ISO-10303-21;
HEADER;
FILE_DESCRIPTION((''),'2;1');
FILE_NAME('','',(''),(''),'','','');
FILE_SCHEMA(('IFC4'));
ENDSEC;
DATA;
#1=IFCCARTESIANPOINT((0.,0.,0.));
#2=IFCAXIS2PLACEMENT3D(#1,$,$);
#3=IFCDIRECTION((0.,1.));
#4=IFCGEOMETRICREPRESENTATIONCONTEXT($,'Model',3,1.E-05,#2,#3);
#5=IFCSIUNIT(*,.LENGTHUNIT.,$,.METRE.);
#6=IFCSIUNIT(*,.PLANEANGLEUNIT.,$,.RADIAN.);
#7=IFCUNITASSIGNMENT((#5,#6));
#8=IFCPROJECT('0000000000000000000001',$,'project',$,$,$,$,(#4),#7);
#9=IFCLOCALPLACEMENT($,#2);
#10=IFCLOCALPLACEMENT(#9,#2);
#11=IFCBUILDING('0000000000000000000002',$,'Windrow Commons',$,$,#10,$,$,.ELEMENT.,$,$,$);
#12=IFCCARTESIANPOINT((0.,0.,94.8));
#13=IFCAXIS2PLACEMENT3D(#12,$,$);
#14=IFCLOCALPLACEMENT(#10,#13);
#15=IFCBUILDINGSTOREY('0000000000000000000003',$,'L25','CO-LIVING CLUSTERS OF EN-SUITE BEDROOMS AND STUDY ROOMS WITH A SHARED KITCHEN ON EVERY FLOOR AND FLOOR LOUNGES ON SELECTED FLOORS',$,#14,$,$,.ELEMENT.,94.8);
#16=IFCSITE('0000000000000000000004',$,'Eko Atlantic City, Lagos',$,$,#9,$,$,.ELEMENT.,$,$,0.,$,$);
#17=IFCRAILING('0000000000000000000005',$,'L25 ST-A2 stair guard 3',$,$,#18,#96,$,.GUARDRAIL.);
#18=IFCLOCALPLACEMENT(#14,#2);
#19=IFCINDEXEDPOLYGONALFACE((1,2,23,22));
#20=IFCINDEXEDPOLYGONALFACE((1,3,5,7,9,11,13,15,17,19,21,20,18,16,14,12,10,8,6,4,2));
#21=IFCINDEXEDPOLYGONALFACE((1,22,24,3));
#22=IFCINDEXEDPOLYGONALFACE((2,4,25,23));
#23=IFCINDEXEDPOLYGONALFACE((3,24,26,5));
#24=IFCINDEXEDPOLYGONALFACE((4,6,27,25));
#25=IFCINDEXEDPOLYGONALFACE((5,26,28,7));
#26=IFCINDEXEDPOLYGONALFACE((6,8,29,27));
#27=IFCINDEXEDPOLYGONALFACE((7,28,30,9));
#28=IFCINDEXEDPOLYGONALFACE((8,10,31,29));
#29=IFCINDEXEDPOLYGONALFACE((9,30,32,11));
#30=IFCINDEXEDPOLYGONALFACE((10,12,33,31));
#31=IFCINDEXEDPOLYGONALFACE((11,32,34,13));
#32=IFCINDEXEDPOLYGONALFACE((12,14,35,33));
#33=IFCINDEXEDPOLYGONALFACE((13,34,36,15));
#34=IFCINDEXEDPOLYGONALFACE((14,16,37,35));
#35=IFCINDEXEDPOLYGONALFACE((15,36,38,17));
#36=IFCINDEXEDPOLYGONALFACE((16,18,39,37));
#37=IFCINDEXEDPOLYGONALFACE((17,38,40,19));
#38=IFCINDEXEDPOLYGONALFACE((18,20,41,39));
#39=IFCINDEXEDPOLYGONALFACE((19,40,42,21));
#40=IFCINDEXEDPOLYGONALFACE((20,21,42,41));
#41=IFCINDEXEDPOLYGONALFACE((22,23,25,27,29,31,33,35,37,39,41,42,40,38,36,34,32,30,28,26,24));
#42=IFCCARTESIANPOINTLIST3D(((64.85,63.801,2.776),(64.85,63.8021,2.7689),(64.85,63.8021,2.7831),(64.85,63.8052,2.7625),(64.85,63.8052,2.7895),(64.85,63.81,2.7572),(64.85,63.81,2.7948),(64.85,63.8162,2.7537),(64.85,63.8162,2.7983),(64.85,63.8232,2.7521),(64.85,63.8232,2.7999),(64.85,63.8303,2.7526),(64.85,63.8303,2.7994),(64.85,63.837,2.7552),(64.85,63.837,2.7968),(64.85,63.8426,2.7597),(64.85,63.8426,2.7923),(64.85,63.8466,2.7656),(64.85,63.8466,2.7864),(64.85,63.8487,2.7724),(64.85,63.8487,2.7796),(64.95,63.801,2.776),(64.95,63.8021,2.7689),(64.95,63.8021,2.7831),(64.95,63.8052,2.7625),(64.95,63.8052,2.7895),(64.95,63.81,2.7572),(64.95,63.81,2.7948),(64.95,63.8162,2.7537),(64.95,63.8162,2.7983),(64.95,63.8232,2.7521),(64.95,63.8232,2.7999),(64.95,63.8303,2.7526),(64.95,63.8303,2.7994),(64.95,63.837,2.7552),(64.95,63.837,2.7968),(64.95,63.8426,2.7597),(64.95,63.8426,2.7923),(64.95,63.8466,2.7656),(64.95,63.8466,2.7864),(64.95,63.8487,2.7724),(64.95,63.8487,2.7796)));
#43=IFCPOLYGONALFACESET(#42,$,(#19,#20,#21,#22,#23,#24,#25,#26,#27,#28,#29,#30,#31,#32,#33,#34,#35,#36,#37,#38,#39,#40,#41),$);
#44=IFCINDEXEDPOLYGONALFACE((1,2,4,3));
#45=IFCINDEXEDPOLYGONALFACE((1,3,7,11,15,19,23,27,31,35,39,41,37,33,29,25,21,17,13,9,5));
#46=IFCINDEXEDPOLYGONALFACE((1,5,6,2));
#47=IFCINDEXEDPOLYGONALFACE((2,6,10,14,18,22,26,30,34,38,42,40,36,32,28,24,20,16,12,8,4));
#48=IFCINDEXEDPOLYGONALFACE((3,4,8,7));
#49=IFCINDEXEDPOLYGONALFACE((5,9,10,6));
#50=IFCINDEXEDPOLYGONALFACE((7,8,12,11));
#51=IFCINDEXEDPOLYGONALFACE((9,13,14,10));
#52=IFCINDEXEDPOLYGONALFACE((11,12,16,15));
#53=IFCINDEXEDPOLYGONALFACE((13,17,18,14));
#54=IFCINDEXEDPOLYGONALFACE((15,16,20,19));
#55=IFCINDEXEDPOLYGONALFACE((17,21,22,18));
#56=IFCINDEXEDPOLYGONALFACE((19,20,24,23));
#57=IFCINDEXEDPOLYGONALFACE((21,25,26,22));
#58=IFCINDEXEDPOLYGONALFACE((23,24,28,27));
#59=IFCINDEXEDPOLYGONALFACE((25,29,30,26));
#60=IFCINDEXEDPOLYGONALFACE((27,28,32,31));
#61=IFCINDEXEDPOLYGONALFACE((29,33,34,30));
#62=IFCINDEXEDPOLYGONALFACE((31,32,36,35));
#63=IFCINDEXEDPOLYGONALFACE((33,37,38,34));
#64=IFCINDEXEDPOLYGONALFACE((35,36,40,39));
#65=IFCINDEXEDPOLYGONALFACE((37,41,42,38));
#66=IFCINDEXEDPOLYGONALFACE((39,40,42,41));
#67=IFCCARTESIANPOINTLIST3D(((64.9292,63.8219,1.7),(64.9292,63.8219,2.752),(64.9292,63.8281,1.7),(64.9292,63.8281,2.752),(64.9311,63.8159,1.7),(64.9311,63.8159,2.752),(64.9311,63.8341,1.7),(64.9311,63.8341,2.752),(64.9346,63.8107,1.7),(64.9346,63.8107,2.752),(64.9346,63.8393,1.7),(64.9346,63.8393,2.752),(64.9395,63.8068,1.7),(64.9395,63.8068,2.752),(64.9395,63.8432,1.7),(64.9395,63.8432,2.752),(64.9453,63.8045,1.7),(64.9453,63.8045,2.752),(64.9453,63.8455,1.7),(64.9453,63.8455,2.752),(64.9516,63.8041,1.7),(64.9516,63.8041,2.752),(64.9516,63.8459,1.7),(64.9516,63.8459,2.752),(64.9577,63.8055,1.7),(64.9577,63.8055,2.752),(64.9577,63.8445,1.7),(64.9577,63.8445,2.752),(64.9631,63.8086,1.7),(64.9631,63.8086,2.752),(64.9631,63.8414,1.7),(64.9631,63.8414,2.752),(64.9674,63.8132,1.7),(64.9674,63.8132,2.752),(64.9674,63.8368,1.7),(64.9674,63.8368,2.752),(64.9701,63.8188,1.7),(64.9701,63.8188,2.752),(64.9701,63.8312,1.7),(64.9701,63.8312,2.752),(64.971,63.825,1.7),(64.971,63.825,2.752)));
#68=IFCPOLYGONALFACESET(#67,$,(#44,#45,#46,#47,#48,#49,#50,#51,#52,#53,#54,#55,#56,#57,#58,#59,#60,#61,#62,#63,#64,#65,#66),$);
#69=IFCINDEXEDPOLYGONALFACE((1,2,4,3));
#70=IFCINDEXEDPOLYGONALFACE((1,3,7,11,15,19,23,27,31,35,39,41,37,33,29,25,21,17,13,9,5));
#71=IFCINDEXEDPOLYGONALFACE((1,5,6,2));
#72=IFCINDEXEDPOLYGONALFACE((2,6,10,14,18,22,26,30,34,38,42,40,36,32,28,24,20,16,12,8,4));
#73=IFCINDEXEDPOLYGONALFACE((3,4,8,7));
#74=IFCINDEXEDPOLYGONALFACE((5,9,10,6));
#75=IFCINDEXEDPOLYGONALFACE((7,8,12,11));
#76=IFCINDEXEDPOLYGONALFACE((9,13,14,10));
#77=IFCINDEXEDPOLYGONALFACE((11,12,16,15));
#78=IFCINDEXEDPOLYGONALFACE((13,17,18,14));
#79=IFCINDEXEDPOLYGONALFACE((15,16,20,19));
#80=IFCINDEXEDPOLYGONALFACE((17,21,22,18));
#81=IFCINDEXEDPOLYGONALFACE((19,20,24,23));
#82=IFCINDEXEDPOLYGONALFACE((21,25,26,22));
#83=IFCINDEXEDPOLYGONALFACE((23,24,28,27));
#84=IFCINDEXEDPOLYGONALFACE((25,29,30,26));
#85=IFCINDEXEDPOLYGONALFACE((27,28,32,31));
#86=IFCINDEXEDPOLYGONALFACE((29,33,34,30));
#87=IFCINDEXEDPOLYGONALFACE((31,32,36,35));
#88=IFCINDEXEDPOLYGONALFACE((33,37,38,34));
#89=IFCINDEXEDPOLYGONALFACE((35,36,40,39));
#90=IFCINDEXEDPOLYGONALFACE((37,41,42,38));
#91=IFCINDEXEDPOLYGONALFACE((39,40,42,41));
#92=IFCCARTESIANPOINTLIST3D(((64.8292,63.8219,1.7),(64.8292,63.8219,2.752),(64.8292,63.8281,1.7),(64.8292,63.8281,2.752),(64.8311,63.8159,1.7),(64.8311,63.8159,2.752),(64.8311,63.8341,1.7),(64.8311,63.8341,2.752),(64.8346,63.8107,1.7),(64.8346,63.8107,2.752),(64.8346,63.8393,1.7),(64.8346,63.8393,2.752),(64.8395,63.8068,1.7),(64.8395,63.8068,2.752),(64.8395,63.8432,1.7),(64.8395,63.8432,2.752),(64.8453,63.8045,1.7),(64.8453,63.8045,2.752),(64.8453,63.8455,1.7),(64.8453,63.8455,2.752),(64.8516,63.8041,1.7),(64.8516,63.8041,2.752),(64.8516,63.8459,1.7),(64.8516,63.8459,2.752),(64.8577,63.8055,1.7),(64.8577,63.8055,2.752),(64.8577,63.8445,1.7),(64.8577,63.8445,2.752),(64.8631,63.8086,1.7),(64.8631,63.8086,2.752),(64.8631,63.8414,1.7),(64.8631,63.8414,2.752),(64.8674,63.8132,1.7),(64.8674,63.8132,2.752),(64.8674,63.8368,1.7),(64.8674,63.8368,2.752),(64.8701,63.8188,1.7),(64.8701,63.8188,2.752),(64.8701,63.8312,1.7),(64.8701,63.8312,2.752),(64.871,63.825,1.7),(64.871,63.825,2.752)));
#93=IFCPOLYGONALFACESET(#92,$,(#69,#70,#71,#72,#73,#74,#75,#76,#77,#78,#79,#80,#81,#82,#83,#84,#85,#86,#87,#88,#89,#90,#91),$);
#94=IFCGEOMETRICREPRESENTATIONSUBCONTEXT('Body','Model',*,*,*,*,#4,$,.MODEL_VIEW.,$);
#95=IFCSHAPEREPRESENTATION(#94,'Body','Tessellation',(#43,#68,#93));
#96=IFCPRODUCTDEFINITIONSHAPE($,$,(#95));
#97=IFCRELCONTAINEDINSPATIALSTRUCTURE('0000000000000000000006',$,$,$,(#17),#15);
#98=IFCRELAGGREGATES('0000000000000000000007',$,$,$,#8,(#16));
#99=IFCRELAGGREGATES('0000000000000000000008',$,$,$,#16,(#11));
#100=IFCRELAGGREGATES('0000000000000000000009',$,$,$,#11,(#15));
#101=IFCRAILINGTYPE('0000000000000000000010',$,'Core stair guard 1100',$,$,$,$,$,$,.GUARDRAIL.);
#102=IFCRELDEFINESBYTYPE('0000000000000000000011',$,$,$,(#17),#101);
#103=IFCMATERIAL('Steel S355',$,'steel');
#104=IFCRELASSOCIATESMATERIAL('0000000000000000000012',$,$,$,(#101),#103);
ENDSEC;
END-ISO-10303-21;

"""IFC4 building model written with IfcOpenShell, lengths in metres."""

from ifc_helpers import new_model, si_unit, direction, frame, origin, origin_2d, place, context, subcontext, project, spatial, circle, extrude, material, type_object, element, save


model = new_model("IFC4")

# Units and contexts
model_context = context("Model", 3, precision=1e-05, world=origin(), true_north=direction((0.0, 1.0)))
body_context = subcontext(model_context, "Body", "Model", "MODEL_VIEW")
ifc_project = project(units=[si_unit("LENGTHUNIT", "METRE"), si_unit("PLANEANGLEUNIT", "RADIAN")], contexts=[model_context])

# Site, building, storey
site_placement = place(None, origin())
site = spatial("IfcSite", under=ifc_project, at=site_placement, Name="Eko Atlantic City, Lagos", CompositionType="ELEMENT", RefElevation=0.0)
building_placement = place(site_placement, origin())
building = spatial("IfcBuilding", under=site, at=building_placement, Name="Windrow Commons", CompositionType="ELEMENT")
storey_placement = place(building_placement, frame((0.0, 0.0, 94.8)))
storey = spatial("IfcBuildingStorey", under=building, at=storey_placement, Name="L25", Description="CO-LIVING CLUSTERS OF EN-SUITE BEDROOMS AND STUDY ROOMS WITH A SHARED KITCHEN ON EVERY FLOOR AND FLOOR LOUNGES ON SELECTED FLOORS", CompositionType="ELEMENT", Elevation=94.8)

# Railing
ifc_material_1 = material(Name="Steel S355", Category="steel")
railing_type_1 = type_object("IfcRailingType", Name="Core stair guard 1100", PredefinedType="GUARDRAIL", material=ifc_material_1)
railing_1_placement = place(storey_placement, frame((64.95, 63.825, 1.7)))
element("IfcRailing", 1, at=railing_1_placement, inside=storey, type_object=railing_type_1, Name="L25 ST-A2 stair guard 3", PredefinedType="GUARDRAIL", context=body_context, shape_type="SweptSolid", body=[
    extrude(circle(Radius=0.024, at=origin_2d()), frame((0.0, 0.0, 1.076), z_axis=(-1.0, 0.0, 0.0), x_axis=(0.0, -1.0, 0.0)), (0.0, 0.0, 1.0), 0.1),
    extrude(circle(Radius=0.021, at=origin_2d()), origin(), (0.0, 0.0, 1.0), 1.052),
    extrude(circle(Radius=0.021, at=origin_2d()), frame((-0.1, 0.0, 0.0)), (0.0, 0.0, 1.0), 1.052),
])

save(model, "model.ifc")
